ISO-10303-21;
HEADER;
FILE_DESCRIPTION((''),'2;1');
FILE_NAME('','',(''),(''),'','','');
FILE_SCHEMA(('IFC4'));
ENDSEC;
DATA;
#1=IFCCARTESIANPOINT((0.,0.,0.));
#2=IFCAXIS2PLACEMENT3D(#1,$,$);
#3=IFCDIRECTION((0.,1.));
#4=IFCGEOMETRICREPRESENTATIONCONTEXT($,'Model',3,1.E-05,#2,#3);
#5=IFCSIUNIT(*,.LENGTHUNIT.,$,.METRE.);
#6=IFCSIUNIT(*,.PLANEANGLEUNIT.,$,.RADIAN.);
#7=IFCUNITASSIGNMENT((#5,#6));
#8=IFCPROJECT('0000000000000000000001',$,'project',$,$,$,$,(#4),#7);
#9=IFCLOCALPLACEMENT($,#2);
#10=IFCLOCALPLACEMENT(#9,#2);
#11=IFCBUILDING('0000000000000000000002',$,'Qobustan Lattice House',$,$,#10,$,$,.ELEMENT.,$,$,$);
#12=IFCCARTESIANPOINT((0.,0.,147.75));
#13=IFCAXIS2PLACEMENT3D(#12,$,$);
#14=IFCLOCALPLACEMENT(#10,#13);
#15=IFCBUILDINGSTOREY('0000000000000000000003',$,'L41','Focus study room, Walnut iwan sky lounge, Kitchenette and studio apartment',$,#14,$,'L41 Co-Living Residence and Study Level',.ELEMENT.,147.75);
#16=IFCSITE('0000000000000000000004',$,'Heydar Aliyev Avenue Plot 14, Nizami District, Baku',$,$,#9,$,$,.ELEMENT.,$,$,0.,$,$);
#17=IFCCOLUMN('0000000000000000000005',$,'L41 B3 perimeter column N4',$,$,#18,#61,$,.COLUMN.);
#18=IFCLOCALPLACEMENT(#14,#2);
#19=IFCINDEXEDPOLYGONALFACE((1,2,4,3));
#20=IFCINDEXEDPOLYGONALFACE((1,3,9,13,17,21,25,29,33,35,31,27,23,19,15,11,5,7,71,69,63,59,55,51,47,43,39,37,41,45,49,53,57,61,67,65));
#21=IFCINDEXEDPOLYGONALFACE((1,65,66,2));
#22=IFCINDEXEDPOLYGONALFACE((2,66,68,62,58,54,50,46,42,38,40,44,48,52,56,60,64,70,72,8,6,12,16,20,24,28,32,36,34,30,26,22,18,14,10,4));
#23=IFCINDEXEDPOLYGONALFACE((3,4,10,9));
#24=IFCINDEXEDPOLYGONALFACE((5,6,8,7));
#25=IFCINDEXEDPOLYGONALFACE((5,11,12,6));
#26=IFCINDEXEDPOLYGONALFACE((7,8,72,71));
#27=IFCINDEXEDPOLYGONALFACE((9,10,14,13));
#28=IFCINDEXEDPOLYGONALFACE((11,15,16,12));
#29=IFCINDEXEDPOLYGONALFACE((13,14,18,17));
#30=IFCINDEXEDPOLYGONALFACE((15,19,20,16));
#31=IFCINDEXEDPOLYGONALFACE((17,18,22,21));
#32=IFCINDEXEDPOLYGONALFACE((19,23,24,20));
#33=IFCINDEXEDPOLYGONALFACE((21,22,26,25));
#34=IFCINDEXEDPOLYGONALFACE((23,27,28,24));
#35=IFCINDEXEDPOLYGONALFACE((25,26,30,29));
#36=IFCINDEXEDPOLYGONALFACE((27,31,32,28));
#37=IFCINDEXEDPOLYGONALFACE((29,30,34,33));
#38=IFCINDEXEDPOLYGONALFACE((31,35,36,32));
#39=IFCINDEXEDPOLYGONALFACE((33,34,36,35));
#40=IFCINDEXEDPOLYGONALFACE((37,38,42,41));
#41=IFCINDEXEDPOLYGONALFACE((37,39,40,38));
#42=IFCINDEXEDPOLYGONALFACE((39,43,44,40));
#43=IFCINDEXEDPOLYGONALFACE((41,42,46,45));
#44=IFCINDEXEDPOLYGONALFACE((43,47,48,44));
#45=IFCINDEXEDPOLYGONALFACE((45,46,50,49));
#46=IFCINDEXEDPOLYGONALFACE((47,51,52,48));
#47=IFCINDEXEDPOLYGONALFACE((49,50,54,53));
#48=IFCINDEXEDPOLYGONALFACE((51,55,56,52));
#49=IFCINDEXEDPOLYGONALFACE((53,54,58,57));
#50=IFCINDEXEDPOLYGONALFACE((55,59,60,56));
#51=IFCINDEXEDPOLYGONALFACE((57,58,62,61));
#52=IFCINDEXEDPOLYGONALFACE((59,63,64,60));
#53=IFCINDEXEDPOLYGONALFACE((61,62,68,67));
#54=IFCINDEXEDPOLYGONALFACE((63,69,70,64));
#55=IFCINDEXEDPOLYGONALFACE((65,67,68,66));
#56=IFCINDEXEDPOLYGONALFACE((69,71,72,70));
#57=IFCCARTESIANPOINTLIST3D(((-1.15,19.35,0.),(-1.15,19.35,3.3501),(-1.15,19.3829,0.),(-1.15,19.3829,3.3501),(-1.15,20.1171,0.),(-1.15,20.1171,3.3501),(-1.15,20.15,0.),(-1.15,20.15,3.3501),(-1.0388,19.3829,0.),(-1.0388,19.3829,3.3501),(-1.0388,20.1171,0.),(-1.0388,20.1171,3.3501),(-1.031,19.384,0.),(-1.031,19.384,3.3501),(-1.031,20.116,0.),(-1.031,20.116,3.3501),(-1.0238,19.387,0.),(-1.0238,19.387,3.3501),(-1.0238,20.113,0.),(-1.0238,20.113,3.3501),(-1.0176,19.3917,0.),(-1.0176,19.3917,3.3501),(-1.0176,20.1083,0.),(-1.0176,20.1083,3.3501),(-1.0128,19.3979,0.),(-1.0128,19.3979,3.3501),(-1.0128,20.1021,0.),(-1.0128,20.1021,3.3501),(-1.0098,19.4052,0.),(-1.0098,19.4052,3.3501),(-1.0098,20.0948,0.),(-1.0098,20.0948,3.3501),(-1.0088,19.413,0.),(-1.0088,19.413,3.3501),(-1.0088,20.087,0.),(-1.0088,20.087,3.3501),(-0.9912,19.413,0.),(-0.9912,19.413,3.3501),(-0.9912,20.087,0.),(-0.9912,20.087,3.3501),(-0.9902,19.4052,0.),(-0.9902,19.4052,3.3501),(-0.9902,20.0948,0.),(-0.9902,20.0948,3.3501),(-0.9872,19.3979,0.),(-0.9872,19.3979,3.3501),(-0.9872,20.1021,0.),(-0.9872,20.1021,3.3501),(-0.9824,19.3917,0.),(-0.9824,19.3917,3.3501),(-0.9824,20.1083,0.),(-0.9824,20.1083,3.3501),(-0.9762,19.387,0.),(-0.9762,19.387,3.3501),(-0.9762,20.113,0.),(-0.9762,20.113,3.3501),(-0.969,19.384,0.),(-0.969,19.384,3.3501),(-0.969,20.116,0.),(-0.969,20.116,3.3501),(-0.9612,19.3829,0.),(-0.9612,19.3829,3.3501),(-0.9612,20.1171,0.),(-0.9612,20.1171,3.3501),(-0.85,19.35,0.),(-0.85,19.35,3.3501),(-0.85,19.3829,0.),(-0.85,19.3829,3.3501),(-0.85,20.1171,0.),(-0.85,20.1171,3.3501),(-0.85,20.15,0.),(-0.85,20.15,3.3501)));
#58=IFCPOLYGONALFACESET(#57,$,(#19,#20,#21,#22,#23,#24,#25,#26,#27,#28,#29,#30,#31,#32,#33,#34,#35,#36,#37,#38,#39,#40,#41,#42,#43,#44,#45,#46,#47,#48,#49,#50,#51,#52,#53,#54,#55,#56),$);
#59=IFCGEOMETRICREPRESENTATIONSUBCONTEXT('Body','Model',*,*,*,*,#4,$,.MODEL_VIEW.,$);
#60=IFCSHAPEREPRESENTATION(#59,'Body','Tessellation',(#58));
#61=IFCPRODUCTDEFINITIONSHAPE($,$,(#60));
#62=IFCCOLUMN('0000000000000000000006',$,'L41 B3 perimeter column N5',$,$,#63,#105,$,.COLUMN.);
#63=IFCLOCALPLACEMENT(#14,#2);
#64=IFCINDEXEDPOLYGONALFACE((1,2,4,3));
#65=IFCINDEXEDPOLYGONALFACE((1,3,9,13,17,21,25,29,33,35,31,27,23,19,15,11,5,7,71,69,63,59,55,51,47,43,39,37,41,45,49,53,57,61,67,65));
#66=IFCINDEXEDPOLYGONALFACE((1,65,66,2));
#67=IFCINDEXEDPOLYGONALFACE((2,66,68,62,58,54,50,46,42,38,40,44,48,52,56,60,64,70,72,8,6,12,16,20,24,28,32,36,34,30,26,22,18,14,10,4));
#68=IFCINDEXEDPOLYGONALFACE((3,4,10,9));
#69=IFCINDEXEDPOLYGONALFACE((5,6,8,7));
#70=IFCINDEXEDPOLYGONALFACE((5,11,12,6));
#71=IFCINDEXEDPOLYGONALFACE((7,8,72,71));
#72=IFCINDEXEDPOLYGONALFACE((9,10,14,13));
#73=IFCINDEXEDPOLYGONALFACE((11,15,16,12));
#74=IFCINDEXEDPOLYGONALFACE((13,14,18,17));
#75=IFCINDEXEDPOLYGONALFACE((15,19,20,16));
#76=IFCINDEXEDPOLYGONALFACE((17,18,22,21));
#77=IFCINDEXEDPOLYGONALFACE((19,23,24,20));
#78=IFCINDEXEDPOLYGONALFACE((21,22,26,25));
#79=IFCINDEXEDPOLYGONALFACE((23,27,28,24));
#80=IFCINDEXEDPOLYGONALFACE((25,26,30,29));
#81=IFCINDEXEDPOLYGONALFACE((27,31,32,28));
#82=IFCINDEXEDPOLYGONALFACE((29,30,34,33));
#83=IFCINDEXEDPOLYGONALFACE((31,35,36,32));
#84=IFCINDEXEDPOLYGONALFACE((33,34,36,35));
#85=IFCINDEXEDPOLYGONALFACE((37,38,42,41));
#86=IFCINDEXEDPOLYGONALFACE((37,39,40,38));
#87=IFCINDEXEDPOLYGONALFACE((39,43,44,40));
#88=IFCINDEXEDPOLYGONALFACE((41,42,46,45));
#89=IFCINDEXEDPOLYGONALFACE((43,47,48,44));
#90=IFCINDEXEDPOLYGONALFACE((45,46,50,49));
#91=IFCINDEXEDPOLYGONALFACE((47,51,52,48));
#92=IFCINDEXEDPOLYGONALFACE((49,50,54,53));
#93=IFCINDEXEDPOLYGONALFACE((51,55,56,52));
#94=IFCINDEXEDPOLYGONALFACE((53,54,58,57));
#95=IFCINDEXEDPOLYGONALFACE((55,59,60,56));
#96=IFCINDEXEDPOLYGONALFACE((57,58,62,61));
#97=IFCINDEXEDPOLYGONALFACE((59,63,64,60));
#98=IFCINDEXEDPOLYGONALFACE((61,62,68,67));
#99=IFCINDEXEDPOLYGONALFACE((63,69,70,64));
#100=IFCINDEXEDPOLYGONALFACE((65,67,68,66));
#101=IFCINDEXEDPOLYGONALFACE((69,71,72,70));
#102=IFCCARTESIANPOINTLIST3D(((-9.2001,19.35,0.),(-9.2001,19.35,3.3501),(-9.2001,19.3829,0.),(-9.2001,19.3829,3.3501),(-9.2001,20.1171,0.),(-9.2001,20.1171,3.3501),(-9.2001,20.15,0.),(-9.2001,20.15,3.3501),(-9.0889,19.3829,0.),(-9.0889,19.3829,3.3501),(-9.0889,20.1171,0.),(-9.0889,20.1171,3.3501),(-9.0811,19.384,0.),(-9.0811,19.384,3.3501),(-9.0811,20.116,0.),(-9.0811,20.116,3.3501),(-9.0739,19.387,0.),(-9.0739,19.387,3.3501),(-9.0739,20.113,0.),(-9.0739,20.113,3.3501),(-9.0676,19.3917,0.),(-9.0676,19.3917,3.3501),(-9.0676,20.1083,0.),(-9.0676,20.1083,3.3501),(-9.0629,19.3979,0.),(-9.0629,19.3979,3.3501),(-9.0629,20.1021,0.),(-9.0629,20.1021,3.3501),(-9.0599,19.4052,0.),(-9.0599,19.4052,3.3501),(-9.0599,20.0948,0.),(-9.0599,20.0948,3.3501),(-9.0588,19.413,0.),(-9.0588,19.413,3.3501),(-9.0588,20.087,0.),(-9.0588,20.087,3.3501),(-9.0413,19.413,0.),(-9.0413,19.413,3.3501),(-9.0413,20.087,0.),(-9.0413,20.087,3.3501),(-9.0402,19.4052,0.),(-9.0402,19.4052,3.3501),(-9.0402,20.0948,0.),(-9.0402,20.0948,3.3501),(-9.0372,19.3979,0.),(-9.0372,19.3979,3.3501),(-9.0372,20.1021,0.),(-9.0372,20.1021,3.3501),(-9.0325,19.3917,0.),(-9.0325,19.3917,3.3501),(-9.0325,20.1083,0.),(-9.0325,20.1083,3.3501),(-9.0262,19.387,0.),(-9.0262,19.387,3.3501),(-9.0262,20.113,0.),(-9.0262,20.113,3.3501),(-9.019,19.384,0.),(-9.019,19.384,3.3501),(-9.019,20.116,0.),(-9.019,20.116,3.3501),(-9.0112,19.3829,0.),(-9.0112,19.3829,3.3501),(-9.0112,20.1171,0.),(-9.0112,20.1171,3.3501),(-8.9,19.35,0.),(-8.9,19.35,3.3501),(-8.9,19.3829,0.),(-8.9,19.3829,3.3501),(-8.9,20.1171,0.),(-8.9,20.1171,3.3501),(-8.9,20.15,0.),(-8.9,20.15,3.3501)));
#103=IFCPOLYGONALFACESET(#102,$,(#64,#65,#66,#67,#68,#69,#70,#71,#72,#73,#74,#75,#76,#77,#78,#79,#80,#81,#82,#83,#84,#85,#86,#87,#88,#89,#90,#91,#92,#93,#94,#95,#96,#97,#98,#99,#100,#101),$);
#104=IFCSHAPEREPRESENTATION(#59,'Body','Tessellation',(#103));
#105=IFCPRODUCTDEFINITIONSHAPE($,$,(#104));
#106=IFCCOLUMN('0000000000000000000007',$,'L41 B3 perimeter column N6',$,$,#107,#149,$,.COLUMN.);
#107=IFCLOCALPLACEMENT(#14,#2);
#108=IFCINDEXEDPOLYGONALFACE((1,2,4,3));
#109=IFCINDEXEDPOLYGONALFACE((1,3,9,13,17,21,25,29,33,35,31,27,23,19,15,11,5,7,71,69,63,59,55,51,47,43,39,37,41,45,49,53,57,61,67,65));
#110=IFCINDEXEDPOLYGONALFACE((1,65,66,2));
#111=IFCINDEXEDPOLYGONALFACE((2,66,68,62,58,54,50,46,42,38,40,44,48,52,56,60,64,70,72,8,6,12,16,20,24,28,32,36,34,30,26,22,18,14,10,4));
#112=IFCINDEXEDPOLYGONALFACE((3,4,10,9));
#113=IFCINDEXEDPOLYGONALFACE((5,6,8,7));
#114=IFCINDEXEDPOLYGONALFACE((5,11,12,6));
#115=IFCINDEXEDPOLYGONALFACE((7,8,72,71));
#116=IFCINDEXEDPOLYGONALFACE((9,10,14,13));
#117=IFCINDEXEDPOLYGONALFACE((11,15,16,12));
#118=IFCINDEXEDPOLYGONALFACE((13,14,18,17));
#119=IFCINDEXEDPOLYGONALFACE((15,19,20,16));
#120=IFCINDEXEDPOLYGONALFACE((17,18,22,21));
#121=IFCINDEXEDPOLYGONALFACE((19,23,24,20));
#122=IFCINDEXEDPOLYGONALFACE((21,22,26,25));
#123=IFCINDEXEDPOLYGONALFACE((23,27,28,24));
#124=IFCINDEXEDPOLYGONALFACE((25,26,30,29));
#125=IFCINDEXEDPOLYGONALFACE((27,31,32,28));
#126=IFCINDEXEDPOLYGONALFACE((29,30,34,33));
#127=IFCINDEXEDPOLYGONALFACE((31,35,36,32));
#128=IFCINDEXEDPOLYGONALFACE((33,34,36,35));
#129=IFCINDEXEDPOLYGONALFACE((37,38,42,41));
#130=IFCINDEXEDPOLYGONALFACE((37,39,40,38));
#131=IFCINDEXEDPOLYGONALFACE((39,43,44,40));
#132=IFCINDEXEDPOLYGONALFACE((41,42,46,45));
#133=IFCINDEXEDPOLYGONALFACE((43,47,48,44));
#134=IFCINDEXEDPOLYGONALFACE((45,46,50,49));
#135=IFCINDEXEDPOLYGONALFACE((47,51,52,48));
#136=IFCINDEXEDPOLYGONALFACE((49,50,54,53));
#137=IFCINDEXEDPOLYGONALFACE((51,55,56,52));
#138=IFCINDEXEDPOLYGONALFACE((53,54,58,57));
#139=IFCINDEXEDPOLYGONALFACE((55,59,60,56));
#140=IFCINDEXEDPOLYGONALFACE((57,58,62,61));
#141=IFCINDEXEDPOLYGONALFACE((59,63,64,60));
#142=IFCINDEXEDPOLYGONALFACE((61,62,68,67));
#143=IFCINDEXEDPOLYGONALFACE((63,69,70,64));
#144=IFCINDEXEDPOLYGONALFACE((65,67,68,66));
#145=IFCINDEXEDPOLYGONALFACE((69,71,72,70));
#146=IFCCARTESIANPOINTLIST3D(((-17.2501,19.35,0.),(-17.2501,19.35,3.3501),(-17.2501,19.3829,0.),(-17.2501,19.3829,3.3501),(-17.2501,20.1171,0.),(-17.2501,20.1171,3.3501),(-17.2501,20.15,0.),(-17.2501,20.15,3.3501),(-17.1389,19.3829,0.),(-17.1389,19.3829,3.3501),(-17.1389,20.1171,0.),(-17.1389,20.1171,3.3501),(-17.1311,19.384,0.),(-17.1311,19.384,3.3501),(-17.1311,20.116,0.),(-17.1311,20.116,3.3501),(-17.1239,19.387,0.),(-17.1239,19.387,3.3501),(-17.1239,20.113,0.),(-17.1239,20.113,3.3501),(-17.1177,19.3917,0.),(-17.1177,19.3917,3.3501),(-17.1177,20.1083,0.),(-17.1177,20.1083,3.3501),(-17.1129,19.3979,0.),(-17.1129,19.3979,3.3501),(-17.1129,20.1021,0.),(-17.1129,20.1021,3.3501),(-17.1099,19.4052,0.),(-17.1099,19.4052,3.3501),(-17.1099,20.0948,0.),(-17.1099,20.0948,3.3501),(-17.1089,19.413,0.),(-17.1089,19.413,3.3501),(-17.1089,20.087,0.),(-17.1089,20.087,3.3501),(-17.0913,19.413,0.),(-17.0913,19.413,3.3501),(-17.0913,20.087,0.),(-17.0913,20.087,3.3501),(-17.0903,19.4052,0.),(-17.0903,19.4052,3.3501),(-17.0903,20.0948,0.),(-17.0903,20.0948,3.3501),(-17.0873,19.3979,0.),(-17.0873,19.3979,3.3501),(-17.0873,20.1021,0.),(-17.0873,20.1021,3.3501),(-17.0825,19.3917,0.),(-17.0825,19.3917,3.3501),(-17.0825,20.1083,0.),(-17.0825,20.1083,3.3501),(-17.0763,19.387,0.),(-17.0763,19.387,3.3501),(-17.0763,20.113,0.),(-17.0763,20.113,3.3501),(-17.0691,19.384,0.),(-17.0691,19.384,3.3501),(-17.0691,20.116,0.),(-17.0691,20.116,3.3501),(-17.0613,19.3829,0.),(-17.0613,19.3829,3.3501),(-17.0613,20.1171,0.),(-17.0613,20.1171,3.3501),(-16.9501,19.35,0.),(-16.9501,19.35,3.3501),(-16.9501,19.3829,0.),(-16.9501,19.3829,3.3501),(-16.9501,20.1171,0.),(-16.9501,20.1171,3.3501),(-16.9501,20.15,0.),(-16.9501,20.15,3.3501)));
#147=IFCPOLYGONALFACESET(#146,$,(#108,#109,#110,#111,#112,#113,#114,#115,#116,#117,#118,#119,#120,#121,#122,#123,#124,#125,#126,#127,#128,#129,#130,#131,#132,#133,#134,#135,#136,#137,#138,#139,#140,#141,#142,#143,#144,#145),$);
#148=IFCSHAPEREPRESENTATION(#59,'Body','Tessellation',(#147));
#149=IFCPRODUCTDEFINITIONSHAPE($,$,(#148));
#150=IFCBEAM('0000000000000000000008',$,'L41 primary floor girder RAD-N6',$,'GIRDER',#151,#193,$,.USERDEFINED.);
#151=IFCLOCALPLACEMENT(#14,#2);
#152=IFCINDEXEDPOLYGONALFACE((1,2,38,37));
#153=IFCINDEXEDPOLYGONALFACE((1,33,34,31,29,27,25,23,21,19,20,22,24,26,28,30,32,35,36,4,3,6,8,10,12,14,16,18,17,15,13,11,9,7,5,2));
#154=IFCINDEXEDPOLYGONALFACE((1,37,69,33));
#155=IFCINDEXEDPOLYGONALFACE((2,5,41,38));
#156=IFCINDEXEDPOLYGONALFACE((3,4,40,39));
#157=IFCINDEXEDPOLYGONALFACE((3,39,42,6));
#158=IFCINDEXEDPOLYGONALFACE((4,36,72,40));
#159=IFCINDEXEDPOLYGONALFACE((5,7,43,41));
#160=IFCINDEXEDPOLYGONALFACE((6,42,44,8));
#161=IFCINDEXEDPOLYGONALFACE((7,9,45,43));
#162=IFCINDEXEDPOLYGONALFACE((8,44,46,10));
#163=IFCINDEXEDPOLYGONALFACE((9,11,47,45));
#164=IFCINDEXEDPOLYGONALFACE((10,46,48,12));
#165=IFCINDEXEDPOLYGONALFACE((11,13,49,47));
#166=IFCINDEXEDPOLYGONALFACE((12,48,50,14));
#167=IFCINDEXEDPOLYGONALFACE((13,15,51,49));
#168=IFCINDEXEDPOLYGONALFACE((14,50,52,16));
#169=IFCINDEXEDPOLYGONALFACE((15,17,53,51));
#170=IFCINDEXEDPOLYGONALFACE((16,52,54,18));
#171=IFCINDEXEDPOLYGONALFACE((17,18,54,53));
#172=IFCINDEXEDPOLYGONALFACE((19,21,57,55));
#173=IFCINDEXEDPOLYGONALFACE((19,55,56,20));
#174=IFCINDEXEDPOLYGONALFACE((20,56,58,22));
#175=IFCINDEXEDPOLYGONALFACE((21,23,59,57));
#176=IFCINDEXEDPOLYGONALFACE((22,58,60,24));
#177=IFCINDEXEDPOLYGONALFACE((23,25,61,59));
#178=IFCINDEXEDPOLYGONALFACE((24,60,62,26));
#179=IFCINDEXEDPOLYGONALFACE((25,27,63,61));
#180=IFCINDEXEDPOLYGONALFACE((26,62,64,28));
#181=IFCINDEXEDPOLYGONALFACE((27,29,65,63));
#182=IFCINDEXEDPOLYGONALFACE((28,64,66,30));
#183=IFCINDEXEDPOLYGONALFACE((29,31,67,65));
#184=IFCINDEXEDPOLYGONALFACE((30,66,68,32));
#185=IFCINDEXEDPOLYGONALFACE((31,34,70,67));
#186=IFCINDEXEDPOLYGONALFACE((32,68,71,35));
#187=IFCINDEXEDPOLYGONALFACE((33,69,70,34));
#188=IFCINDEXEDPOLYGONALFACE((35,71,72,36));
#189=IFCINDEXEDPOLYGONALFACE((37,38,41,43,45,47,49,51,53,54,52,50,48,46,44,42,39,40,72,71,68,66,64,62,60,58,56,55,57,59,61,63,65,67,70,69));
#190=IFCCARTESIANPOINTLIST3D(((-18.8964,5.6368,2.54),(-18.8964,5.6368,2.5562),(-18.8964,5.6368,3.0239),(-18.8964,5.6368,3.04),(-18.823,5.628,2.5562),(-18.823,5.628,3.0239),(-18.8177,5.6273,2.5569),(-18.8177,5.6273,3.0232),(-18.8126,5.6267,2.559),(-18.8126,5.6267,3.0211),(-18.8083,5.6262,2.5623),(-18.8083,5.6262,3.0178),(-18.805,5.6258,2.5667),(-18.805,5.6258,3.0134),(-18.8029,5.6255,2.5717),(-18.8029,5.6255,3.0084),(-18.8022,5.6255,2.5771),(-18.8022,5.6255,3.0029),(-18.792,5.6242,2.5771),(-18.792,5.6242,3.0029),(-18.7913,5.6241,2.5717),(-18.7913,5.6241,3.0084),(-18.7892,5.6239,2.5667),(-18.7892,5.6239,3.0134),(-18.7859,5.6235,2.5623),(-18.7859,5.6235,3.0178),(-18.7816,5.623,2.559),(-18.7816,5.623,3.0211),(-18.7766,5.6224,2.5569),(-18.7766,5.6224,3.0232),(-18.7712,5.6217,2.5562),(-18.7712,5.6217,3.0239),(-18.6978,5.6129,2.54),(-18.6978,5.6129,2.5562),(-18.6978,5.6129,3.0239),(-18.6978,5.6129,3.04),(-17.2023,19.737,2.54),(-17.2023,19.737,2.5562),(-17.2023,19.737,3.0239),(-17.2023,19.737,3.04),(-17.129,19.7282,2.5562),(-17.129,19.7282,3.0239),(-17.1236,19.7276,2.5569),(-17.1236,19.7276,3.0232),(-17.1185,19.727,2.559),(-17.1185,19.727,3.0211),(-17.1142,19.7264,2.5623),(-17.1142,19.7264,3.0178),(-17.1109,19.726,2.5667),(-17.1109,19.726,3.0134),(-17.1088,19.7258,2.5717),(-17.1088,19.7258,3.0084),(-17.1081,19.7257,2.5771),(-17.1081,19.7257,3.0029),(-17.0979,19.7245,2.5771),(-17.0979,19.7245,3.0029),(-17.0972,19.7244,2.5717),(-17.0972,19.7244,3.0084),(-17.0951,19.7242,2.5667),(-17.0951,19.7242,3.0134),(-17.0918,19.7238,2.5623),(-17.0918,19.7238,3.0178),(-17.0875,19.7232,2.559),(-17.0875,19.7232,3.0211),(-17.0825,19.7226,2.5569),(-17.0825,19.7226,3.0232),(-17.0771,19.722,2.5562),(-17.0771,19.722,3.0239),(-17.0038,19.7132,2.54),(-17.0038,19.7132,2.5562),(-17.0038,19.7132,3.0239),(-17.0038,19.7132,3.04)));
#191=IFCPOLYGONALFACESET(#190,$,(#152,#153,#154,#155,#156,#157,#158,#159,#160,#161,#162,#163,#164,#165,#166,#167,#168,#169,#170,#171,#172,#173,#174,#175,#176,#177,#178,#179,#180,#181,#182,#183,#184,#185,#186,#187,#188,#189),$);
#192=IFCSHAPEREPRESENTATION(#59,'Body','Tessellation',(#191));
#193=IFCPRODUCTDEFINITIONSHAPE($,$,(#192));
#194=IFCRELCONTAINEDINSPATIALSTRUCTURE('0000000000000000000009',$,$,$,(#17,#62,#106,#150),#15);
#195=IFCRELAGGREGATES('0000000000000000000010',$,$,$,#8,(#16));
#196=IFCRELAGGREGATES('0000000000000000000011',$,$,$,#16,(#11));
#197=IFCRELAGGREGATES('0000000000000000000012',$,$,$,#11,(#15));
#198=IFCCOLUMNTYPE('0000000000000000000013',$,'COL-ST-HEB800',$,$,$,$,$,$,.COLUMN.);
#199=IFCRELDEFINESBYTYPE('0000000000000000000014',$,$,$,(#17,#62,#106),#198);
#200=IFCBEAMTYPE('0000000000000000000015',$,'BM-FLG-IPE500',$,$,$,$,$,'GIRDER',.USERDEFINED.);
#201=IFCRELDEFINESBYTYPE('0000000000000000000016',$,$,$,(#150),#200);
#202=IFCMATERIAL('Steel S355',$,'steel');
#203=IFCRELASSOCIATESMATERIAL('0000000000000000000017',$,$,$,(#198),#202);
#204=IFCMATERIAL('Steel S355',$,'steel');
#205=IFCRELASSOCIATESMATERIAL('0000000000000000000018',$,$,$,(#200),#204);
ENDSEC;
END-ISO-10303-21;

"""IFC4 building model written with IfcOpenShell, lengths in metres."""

from ifc_helpers import new_model, si_unit, direction, frame, origin, origin_2d, place, context, subcontext, project, spatial, i_section, extrude, material, material_profile, profile_set, type_object, element, save


model = new_model("IFC4")

# Units and contexts
model_context = context("Model", 3, precision=1e-05, world=origin(), true_north=direction((0.0, 1.0)))
body_context = subcontext(model_context, "Body", "Model", "MODEL_VIEW")
ifc_project = project(units=[si_unit("LENGTHUNIT", "METRE"), si_unit("PLANEANGLEUNIT", "RADIAN")], contexts=[model_context])

# Site, building, storey
site_placement = place(None, origin())
site = spatial("IfcSite", under=ifc_project, at=site_placement, Name="Heydar Aliyev Avenue Plot 14, Nizami District, Baku", CompositionType="ELEMENT", RefElevation=0.0)
building_placement = place(site_placement, origin())
building = spatial("IfcBuilding", under=site, at=building_placement, Name="Qobustan Lattice House", CompositionType="ELEMENT")
storey_placement = place(building_placement, frame((0.0, 0.0, 147.75)))
storey = spatial("IfcBuildingStorey", under=building, at=storey_placement, Name="L41", Description="Focus study room, Walnut iwan sky lounge, Kitchenette and studio apartment", LongName="L41 Co-Living Residence and Study Level", CompositionType="ELEMENT", Elevation=147.75)

# Columns
ifc_material_1 = material(Name="Steel S355", Category="steel")
ifc_material_profile_1 = material_profile(ifc_material_1, i_section(OverallWidth=0.3, OverallDepth=0.8, WebThickness=0.0176, FlangeThickness=0.033, FilletRadius=0.03, at=origin_2d()), Name="HEB800")
ifc_profile_set_1 = profile_set([ifc_material_profile_1], Name="Steel S355")
column_type = type_object("IfcColumnType", Name="COL-ST-HEB800", PredefinedType="COLUMN", material=ifc_profile_set_1)
for number, where, z_axis, x_axis, name in (
    (1, (-1.0, 19.75, 0.0), (0.0, 0.0, 1.0), (1.0, 0.0, 0.0), "L41 B3 perimeter column N4"),
    (2, (-9.05, 19.75, 0.0), (0.0, 0.0, 1.0), (1.0, 0.0, 0.0), "L41 B3 perimeter column N5"),
    (3, (-17.1001, 19.75, 0.0), (0.0, 0.0, 1.0), (1.0, 0.0, 0.0), "L41 B3 perimeter column N6"),
):
    element("IfcColumn", number, at=place(storey_placement, frame(where, z_axis=z_axis, x_axis=x_axis)), inside=storey, type_object=column_type, Name=name, PredefinedType="COLUMN", context=body_context, shape_type="SweptSolid", body=[
        extrude(i_section(OverallWidth=0.3, OverallDepth=0.8, WebThickness=0.0176, FlangeThickness=0.033, FilletRadius=0.03, at=origin_2d()), origin(), (0.0, 0.0, 1.0), 3.3501),
    ])

# Beam
ifc_material_2 = material(Name="Steel S355", Category="steel")
ifc_material_profile_2 = material_profile(ifc_material_2, i_section(OverallWidth=0.2, OverallDepth=0.5, WebThickness=0.0103, FlangeThickness=0.0161, FilletRadius=0.021, at=origin_2d()), Name="IPE500")
ifc_profile_set_2 = profile_set([ifc_material_profile_2], Name="Steel S355")
beam_type_1 = type_object("IfcBeamType", Name="BM-FLG-IPE500", ElementType="GIRDER", PredefinedType="USERDEFINED", material=ifc_profile_set_2)
beam_1_placement = place(storey_placement, frame((-17.103, 19.7251, 2.79), z_axis=(-0.119288, -0.99286, 0.0), x_axis=(0.99286, -0.119288, 0.0)))
element("IfcBeam", 4, at=beam_1_placement, inside=storey, type_object=beam_type_1, Name="L41 primary floor girder RAD-N6", ObjectType="GIRDER", PredefinedType="USERDEFINED", context=body_context, shape_type="SweptSolid", body=[
    extrude(i_section(OverallWidth=0.2, OverallDepth=0.5, WebThickness=0.0103, FlangeThickness=0.0161, FilletRadius=0.021, at=origin_2d()), origin(), (0.0, 0.0, 1.0), 14.2017),
])

save(model, "model.ifc")
